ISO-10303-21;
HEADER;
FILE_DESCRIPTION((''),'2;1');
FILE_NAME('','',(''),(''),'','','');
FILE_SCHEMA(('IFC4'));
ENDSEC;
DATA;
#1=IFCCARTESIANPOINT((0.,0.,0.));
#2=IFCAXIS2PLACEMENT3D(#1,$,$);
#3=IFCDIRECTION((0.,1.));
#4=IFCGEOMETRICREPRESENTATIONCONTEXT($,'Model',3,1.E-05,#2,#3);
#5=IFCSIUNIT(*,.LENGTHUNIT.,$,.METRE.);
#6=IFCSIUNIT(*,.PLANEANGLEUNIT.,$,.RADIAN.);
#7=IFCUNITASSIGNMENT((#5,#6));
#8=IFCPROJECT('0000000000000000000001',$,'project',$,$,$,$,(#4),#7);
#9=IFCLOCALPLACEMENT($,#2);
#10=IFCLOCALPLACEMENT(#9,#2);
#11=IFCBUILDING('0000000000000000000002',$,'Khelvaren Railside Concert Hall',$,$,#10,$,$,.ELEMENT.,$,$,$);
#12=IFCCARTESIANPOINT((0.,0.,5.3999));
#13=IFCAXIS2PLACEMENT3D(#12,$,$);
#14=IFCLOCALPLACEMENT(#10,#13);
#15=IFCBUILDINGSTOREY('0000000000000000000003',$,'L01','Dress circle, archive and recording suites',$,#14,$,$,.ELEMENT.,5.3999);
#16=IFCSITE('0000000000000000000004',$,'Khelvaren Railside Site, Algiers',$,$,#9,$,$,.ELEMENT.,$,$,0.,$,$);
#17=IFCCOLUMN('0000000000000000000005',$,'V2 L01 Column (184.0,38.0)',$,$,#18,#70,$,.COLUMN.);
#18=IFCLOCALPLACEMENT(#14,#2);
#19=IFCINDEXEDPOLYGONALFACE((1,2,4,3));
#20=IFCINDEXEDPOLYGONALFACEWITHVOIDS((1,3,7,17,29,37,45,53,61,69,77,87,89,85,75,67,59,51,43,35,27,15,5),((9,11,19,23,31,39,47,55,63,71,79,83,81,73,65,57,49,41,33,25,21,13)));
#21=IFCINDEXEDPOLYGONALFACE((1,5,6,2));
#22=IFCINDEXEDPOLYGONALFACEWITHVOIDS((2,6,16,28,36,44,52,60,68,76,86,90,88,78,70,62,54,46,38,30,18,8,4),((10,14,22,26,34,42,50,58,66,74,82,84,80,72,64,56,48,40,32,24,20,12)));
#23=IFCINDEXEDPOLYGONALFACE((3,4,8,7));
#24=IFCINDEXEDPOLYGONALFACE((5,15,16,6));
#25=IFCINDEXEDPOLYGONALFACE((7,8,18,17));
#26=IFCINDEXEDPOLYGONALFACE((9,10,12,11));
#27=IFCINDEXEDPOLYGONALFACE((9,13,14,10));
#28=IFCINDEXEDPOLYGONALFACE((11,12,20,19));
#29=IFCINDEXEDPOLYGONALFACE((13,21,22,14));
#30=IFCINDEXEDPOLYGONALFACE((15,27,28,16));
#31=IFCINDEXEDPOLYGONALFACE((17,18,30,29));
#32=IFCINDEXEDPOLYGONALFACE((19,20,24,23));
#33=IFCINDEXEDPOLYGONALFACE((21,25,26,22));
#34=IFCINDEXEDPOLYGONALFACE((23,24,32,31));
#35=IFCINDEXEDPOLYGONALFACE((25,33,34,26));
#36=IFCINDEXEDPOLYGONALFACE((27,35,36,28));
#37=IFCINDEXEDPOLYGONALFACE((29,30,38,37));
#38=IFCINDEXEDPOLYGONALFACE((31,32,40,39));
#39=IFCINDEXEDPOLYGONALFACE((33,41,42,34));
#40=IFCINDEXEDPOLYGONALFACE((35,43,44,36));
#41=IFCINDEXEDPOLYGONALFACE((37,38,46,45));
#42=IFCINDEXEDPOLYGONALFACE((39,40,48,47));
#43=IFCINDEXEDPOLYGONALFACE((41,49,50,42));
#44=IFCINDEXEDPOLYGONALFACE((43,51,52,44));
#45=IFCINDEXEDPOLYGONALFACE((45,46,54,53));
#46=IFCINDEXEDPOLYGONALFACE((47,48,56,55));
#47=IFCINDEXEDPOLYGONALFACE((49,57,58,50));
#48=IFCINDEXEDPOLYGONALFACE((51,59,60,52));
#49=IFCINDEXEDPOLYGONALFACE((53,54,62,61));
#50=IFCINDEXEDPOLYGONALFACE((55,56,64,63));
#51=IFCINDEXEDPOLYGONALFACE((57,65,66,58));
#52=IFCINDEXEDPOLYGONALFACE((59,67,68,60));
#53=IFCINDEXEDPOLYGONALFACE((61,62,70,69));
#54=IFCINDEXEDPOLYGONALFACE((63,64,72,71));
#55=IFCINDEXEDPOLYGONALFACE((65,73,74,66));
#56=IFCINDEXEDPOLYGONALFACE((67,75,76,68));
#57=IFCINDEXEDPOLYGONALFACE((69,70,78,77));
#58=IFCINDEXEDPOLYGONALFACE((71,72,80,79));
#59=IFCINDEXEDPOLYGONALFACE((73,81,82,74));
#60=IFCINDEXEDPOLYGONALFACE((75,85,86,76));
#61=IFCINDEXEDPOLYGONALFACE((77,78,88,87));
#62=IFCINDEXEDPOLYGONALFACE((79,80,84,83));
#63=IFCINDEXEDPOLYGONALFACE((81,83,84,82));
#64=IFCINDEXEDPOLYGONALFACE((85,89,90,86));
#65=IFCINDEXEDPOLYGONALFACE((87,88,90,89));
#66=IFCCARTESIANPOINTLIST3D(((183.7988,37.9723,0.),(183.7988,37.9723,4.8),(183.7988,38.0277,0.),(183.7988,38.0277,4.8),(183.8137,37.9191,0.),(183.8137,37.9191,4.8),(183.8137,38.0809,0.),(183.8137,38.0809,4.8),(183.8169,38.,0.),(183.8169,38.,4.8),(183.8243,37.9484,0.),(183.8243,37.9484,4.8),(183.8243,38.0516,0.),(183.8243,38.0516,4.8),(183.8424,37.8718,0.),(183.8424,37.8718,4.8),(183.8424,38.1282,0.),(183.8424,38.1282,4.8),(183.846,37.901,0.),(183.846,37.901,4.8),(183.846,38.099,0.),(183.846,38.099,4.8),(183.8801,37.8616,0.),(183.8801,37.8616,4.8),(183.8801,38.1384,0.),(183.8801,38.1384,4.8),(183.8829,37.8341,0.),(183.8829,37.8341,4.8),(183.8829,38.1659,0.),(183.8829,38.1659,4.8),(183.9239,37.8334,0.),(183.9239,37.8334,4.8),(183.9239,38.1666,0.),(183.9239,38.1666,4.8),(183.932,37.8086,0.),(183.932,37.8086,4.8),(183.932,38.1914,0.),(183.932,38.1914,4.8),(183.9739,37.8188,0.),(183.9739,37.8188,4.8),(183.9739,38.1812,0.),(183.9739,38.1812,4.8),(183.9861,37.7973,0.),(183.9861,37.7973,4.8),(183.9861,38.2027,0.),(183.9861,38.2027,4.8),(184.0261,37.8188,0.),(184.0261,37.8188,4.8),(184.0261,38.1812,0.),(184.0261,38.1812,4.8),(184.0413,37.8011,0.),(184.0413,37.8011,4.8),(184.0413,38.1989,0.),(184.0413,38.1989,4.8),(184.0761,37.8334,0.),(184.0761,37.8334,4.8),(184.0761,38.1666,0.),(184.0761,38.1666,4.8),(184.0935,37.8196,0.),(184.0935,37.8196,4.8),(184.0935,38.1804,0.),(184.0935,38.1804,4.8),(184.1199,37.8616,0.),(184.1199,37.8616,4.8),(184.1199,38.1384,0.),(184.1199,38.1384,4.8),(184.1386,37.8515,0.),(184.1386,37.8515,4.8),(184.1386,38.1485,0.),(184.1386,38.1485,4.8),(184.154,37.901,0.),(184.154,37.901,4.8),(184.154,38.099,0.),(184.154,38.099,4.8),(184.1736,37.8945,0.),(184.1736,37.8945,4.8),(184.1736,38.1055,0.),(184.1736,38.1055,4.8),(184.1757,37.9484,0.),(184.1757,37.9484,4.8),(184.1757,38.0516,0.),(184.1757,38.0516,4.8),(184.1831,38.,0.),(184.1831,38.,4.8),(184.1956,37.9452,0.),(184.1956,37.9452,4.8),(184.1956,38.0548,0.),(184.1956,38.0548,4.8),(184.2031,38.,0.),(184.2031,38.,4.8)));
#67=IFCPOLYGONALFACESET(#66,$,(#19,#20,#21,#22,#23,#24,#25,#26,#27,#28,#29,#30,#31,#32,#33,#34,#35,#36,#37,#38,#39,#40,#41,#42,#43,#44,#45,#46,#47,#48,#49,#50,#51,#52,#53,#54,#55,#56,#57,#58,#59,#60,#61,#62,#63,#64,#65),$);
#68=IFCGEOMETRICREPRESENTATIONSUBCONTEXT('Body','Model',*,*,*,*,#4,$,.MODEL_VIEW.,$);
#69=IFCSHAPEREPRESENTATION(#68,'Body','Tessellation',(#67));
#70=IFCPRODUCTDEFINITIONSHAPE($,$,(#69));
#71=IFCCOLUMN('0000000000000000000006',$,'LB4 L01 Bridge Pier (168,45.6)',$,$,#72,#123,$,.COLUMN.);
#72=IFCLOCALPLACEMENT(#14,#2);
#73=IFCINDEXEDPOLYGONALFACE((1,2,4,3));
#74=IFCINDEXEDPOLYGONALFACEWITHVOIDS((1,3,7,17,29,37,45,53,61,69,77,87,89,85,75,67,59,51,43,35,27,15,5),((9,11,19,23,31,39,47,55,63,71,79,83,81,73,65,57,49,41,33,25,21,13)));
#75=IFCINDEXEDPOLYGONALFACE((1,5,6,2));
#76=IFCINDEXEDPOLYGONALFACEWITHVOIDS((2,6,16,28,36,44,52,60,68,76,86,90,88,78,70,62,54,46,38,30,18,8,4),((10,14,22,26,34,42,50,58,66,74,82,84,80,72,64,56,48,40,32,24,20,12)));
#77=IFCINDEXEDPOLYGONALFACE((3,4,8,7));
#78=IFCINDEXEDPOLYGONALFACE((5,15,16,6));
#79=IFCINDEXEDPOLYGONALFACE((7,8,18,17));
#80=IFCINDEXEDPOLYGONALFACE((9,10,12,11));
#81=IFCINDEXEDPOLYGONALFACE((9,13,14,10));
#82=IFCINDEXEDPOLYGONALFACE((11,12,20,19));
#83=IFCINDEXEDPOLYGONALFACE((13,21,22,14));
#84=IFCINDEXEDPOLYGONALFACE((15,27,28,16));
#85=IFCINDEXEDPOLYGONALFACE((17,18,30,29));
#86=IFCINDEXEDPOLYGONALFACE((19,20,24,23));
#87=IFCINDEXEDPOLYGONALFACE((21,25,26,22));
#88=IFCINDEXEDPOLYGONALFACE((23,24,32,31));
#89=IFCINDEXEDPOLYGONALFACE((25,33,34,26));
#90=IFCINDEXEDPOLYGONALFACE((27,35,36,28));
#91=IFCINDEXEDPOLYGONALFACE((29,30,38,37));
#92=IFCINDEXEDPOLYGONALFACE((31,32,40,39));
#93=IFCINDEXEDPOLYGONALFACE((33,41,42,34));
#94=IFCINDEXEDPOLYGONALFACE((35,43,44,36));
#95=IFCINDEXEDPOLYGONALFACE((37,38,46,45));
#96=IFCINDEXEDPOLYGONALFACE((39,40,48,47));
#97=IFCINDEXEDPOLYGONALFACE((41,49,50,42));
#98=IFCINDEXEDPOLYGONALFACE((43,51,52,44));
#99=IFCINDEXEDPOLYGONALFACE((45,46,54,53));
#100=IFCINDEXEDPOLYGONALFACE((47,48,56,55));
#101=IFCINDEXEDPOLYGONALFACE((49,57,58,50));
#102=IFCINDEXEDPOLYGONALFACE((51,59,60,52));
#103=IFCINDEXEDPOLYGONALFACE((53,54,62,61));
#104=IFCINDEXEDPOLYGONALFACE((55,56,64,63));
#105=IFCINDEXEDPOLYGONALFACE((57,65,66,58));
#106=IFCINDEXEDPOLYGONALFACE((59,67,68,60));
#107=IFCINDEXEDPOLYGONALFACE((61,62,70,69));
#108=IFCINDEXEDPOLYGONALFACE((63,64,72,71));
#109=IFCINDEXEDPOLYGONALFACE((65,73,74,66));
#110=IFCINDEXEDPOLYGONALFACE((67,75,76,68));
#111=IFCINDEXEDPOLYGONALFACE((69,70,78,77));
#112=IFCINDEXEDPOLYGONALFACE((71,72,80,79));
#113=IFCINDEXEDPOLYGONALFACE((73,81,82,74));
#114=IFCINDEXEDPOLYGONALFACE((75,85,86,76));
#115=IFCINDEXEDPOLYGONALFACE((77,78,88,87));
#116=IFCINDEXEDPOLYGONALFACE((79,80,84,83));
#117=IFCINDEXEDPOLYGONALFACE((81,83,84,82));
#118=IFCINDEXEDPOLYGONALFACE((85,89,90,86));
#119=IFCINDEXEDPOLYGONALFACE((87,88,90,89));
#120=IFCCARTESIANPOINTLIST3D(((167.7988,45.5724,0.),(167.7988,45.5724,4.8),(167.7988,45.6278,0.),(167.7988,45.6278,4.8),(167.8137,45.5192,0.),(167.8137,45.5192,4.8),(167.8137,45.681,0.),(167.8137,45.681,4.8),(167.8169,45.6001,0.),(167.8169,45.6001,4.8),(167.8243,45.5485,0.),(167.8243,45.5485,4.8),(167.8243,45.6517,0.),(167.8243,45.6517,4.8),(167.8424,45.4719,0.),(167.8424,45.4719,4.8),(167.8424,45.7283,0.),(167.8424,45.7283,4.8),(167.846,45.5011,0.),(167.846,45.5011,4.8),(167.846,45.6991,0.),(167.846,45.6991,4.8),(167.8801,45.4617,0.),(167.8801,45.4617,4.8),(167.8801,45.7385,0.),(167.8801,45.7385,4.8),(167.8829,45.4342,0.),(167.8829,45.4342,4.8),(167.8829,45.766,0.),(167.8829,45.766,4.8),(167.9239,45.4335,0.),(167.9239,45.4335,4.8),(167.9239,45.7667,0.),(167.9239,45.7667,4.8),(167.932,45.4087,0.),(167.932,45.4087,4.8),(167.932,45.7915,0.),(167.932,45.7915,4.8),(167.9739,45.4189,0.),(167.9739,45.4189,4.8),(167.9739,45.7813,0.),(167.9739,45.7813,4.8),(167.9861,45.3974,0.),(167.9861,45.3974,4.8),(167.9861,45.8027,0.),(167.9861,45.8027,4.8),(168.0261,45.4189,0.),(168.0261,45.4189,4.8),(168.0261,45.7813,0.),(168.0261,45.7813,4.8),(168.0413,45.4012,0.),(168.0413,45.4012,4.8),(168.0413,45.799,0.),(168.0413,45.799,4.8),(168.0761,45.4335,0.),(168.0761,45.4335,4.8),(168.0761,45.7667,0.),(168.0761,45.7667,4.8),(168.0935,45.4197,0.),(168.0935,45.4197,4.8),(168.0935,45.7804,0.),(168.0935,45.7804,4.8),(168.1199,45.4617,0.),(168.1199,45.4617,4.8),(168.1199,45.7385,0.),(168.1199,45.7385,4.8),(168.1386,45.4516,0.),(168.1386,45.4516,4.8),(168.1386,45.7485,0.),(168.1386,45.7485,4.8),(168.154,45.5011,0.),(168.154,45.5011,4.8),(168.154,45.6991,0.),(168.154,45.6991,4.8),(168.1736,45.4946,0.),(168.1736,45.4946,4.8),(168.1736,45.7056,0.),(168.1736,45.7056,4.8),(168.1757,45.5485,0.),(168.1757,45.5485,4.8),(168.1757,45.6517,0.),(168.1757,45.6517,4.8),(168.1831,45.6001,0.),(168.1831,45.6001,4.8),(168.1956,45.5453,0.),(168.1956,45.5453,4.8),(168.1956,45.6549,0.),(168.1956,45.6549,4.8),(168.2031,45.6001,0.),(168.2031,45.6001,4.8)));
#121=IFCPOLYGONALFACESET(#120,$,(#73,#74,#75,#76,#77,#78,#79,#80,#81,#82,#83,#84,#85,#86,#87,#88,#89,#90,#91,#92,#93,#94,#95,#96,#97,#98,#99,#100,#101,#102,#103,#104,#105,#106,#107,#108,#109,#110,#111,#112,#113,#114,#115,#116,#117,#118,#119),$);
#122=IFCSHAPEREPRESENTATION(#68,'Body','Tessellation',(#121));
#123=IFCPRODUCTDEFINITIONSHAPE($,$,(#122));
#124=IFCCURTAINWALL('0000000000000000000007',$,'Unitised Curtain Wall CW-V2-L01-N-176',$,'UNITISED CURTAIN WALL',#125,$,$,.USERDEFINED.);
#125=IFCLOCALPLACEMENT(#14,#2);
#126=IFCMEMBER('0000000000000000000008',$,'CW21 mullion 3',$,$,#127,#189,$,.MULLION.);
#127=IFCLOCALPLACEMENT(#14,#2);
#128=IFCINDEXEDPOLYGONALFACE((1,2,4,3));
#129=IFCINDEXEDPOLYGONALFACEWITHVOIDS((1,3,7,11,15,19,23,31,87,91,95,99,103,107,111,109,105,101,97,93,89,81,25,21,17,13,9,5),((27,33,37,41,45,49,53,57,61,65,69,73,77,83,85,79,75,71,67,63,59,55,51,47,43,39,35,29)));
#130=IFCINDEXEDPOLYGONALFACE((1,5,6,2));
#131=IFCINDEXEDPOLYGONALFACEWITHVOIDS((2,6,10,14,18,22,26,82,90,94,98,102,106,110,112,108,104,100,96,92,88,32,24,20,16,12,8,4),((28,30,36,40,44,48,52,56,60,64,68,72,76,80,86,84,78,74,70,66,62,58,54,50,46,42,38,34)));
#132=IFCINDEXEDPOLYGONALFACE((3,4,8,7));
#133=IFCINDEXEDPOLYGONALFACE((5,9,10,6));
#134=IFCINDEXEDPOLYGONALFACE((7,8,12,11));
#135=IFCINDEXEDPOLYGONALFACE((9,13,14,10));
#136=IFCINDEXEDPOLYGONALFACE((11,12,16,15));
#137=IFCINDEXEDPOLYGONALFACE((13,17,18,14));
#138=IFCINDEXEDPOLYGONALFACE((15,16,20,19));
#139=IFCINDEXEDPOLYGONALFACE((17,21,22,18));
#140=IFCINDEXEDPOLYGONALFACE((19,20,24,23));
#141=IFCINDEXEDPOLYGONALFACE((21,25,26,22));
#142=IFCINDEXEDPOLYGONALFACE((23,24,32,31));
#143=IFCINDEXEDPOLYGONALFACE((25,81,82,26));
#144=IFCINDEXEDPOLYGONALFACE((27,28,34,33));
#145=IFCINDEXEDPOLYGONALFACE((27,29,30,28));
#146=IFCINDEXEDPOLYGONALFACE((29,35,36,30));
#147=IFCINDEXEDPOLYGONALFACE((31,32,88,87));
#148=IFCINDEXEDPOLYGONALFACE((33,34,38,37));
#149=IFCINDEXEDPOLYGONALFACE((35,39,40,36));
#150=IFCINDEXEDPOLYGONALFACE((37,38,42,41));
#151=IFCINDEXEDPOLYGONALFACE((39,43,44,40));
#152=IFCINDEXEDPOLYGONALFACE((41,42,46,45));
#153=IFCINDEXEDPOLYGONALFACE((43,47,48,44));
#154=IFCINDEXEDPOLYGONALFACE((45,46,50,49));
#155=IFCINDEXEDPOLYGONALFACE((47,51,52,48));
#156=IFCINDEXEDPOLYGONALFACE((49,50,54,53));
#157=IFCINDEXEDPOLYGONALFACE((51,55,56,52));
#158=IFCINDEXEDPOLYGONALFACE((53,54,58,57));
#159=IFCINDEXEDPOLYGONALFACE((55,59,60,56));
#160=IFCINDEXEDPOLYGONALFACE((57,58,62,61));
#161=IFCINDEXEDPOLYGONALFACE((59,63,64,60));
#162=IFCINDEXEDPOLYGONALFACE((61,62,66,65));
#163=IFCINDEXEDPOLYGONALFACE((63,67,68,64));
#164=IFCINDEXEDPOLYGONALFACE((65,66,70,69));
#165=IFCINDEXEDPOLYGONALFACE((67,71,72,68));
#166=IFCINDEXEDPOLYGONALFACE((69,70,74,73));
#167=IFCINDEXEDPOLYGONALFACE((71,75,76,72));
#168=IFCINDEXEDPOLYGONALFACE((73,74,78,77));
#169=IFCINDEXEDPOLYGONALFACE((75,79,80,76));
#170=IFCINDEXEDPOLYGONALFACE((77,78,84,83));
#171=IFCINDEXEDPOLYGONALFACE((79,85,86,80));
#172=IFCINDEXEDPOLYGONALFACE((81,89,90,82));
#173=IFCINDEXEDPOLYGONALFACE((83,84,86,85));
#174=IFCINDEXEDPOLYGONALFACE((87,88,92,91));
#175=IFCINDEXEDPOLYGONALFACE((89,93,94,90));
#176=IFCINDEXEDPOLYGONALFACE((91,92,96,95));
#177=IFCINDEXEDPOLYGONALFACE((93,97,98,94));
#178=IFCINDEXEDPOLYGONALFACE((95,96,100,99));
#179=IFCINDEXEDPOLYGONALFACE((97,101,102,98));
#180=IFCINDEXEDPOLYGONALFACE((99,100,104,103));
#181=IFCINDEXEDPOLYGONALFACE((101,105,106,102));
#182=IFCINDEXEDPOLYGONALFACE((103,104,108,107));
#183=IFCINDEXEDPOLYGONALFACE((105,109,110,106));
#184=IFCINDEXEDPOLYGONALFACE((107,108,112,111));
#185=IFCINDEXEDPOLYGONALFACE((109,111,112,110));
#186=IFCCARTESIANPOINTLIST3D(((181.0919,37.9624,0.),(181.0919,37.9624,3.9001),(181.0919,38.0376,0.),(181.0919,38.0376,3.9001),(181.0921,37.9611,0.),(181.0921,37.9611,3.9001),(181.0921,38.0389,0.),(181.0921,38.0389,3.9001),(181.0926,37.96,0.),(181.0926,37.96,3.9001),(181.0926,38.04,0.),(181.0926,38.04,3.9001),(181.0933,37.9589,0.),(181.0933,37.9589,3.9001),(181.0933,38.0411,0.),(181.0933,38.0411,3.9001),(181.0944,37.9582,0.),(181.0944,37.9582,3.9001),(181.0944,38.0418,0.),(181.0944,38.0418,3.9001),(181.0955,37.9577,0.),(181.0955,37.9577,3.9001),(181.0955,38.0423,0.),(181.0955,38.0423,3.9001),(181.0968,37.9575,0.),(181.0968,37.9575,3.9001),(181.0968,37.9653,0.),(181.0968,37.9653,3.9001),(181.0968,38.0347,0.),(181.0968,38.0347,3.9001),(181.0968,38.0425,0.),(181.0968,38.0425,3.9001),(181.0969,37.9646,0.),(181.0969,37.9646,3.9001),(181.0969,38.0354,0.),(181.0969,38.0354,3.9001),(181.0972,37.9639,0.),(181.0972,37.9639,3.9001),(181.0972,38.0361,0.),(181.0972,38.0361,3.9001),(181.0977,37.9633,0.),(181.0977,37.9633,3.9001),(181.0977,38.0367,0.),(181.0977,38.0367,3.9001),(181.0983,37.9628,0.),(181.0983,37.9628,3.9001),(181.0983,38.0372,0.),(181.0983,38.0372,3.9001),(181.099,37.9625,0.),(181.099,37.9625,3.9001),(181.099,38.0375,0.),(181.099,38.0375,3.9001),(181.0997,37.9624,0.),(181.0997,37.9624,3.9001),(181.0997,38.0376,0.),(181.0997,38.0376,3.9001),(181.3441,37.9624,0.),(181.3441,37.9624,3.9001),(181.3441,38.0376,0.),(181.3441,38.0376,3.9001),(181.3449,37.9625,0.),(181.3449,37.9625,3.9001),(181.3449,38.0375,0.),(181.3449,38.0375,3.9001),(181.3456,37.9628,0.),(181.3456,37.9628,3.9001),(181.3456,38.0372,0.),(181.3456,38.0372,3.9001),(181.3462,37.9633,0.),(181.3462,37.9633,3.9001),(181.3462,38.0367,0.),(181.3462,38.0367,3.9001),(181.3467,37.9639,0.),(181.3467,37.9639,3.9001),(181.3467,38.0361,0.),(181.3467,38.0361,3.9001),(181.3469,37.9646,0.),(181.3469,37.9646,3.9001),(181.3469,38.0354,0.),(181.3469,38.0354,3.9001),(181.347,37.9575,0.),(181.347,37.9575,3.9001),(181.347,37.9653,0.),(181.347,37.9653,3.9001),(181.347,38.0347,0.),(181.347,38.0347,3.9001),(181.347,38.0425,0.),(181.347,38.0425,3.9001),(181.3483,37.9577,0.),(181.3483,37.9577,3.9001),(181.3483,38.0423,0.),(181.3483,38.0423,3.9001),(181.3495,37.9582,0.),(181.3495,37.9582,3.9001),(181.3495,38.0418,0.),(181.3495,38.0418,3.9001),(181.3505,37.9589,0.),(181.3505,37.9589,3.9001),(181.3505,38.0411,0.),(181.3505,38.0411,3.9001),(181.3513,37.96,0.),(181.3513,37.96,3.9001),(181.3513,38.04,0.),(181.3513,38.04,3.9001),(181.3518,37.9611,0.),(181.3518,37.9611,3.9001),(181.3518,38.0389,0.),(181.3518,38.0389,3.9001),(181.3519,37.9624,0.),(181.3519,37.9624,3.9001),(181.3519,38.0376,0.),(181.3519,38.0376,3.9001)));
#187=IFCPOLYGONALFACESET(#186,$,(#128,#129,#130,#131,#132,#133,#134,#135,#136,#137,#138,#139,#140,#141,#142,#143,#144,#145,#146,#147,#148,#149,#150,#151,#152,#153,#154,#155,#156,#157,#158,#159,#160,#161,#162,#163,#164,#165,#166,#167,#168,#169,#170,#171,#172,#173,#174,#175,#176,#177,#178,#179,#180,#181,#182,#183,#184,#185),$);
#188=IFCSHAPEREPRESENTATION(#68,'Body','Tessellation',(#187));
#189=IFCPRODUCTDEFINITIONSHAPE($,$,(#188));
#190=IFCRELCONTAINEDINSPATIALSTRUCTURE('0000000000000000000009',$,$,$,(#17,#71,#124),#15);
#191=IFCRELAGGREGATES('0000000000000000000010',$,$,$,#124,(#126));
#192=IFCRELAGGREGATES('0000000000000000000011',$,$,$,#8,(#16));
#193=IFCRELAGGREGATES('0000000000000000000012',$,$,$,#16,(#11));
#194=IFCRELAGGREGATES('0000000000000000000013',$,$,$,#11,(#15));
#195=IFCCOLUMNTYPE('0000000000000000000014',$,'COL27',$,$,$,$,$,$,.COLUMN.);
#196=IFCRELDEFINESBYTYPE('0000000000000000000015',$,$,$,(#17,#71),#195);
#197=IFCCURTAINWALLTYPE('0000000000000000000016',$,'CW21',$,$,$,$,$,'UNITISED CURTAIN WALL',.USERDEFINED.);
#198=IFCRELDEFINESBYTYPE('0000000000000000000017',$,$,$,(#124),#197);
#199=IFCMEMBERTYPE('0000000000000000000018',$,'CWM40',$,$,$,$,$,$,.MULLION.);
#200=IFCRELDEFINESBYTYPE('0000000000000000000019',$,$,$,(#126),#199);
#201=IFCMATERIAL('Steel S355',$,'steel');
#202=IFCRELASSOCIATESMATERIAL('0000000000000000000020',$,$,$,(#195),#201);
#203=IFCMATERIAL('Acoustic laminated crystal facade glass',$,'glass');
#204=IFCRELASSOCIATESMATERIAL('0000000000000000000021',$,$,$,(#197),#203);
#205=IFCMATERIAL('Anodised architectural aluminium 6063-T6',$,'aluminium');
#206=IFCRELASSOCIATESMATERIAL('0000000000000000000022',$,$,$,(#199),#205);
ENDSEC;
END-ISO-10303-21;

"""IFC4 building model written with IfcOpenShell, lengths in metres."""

from ifc_helpers import new_model, si_unit, direction, frame, origin, origin_2d, place, context, subcontext, project, spatial, hollow_rectangle, hollow_circle, extrude, material, material_profile, profile_set, type_object, element, aggregate, save


model = new_model("IFC4")

# Units and contexts
model_context = context("Model", 3, precision=1e-05, world=origin(), true_north=direction((0.0, 1.0)))
body_context = subcontext(model_context, "Body", "Model", "MODEL_VIEW")
ifc_project = project(units=[si_unit("LENGTHUNIT", "METRE"), si_unit("PLANEANGLEUNIT", "RADIAN")], contexts=[model_context])

# Site, building, storey
site_placement = place(None, origin())
site = spatial("IfcSite", under=ifc_project, at=site_placement, Name="Khelvaren Railside Site, Algiers", CompositionType="ELEMENT", RefElevation=0.0)
building_placement = place(site_placement, origin())
building = spatial("IfcBuilding", under=site, at=building_placement, Name="Khelvaren Railside Concert Hall", CompositionType="ELEMENT")
storey_placement = place(building_placement, frame((0.0, 0.0, 5.3999)))
storey = spatial("IfcBuildingStorey", under=building, at=storey_placement, Name="L01", Description="Dress circle, archive and recording suites", CompositionType="ELEMENT", Elevation=5.3999)

# Columns
ifc_material_1 = material(Name="Steel S355", Category="steel")
ifc_material_profile_1 = material_profile(ifc_material_1, hollow_circle(Radius=0.2031, WallThickness=0.02, at=origin_2d()), Name="CHS 406.4x20")
ifc_profile_set_1 = profile_set([ifc_material_profile_1], Name="Steel S355")
column_type = type_object("IfcColumnType", Name="COL27", PredefinedType="COLUMN", material=ifc_profile_set_1)
for number, where, z_axis, x_axis, name in (
    (1, (184.0, 38.0, 0.0), (0.0, 0.0, 1.0), (1.0, 0.0, 0.0), "V2 L01 Column (184.0,38.0)"),
    (2, (168.0, 45.6001, 0.0), (0.0, 0.0, 1.0), (1.0, 0.0, 0.0), "LB4 L01 Bridge Pier (168,45.6)"),
):
    element("IfcColumn", number, at=place(storey_placement, frame(where, z_axis=z_axis, x_axis=x_axis)), inside=storey, type_object=column_type, Name=name, PredefinedType="COLUMN", context=body_context, shape_type="SweptSolid", body=[
        extrude(hollow_circle(Radius=0.2031, WallThickness=0.02, at=origin_2d()), origin(), (0.0, 0.0, 1.0), 4.8),
    ])

# Curtain wall, member
ifc_material_2 = material(Name="Acoustic laminated crystal facade glass", Category="glass")
curtain_wall_type_1 = type_object("IfcCurtainWallType", Name="CW21", ElementType="UNITISED CURTAIN WALL", PredefinedType="USERDEFINED", material=ifc_material_2)
curtain_wall_1_placement = place(storey_placement, origin())
curtain_wall_1 = element("IfcCurtainWall", 3, at=curtain_wall_1_placement, inside=storey, type_object=curtain_wall_type_1, Name="Unitised Curtain Wall CW-V2-L01-N-176", ObjectType="UNITISED CURTAIN WALL", PredefinedType="USERDEFINED")
ifc_material_3 = material(Name="Anodised architectural aluminium 6063-T6", Category="aluminium")
ifc_material_profile_2 = material_profile(ifc_material_3, hollow_rectangle(XDim=0.085, YDim=0.26, WallThickness=0.0049, InnerFilletRadius=0.0029, OuterFilletRadius=0.0049, at=origin_2d()), Name="CWM 85x260x5")
ifc_profile_set_2 = profile_set([ifc_material_profile_2], Name="Anodised architectural aluminium 6063-T6")
member_type_1 = type_object("IfcMemberType", Name="CWM40", PredefinedType="MULLION", material=ifc_profile_set_2)
member_1_placement = place(storey_placement, frame((181.2219, 38.0, 0.0), z_axis=(0.0, 0.0, 1.0), x_axis=(0.0, 1.0, 0.0)))
member_1 = element("IfcMember", 4, at=member_1_placement, type_object=member_type_1, Name="CW21 mullion 3", PredefinedType="MULLION", context=body_context, shape_type="SweptSolid", body=[
    extrude(hollow_rectangle(XDim=0.085, YDim=0.26, WallThickness=0.0049, InnerFilletRadius=0.0029, OuterFilletRadius=0.0049, at=origin_2d()), origin(), (0.0, 0.0, 1.0), 3.9001),
])

aggregate(curtain_wall_1, [member_1])

save(model, "model.ifc")
